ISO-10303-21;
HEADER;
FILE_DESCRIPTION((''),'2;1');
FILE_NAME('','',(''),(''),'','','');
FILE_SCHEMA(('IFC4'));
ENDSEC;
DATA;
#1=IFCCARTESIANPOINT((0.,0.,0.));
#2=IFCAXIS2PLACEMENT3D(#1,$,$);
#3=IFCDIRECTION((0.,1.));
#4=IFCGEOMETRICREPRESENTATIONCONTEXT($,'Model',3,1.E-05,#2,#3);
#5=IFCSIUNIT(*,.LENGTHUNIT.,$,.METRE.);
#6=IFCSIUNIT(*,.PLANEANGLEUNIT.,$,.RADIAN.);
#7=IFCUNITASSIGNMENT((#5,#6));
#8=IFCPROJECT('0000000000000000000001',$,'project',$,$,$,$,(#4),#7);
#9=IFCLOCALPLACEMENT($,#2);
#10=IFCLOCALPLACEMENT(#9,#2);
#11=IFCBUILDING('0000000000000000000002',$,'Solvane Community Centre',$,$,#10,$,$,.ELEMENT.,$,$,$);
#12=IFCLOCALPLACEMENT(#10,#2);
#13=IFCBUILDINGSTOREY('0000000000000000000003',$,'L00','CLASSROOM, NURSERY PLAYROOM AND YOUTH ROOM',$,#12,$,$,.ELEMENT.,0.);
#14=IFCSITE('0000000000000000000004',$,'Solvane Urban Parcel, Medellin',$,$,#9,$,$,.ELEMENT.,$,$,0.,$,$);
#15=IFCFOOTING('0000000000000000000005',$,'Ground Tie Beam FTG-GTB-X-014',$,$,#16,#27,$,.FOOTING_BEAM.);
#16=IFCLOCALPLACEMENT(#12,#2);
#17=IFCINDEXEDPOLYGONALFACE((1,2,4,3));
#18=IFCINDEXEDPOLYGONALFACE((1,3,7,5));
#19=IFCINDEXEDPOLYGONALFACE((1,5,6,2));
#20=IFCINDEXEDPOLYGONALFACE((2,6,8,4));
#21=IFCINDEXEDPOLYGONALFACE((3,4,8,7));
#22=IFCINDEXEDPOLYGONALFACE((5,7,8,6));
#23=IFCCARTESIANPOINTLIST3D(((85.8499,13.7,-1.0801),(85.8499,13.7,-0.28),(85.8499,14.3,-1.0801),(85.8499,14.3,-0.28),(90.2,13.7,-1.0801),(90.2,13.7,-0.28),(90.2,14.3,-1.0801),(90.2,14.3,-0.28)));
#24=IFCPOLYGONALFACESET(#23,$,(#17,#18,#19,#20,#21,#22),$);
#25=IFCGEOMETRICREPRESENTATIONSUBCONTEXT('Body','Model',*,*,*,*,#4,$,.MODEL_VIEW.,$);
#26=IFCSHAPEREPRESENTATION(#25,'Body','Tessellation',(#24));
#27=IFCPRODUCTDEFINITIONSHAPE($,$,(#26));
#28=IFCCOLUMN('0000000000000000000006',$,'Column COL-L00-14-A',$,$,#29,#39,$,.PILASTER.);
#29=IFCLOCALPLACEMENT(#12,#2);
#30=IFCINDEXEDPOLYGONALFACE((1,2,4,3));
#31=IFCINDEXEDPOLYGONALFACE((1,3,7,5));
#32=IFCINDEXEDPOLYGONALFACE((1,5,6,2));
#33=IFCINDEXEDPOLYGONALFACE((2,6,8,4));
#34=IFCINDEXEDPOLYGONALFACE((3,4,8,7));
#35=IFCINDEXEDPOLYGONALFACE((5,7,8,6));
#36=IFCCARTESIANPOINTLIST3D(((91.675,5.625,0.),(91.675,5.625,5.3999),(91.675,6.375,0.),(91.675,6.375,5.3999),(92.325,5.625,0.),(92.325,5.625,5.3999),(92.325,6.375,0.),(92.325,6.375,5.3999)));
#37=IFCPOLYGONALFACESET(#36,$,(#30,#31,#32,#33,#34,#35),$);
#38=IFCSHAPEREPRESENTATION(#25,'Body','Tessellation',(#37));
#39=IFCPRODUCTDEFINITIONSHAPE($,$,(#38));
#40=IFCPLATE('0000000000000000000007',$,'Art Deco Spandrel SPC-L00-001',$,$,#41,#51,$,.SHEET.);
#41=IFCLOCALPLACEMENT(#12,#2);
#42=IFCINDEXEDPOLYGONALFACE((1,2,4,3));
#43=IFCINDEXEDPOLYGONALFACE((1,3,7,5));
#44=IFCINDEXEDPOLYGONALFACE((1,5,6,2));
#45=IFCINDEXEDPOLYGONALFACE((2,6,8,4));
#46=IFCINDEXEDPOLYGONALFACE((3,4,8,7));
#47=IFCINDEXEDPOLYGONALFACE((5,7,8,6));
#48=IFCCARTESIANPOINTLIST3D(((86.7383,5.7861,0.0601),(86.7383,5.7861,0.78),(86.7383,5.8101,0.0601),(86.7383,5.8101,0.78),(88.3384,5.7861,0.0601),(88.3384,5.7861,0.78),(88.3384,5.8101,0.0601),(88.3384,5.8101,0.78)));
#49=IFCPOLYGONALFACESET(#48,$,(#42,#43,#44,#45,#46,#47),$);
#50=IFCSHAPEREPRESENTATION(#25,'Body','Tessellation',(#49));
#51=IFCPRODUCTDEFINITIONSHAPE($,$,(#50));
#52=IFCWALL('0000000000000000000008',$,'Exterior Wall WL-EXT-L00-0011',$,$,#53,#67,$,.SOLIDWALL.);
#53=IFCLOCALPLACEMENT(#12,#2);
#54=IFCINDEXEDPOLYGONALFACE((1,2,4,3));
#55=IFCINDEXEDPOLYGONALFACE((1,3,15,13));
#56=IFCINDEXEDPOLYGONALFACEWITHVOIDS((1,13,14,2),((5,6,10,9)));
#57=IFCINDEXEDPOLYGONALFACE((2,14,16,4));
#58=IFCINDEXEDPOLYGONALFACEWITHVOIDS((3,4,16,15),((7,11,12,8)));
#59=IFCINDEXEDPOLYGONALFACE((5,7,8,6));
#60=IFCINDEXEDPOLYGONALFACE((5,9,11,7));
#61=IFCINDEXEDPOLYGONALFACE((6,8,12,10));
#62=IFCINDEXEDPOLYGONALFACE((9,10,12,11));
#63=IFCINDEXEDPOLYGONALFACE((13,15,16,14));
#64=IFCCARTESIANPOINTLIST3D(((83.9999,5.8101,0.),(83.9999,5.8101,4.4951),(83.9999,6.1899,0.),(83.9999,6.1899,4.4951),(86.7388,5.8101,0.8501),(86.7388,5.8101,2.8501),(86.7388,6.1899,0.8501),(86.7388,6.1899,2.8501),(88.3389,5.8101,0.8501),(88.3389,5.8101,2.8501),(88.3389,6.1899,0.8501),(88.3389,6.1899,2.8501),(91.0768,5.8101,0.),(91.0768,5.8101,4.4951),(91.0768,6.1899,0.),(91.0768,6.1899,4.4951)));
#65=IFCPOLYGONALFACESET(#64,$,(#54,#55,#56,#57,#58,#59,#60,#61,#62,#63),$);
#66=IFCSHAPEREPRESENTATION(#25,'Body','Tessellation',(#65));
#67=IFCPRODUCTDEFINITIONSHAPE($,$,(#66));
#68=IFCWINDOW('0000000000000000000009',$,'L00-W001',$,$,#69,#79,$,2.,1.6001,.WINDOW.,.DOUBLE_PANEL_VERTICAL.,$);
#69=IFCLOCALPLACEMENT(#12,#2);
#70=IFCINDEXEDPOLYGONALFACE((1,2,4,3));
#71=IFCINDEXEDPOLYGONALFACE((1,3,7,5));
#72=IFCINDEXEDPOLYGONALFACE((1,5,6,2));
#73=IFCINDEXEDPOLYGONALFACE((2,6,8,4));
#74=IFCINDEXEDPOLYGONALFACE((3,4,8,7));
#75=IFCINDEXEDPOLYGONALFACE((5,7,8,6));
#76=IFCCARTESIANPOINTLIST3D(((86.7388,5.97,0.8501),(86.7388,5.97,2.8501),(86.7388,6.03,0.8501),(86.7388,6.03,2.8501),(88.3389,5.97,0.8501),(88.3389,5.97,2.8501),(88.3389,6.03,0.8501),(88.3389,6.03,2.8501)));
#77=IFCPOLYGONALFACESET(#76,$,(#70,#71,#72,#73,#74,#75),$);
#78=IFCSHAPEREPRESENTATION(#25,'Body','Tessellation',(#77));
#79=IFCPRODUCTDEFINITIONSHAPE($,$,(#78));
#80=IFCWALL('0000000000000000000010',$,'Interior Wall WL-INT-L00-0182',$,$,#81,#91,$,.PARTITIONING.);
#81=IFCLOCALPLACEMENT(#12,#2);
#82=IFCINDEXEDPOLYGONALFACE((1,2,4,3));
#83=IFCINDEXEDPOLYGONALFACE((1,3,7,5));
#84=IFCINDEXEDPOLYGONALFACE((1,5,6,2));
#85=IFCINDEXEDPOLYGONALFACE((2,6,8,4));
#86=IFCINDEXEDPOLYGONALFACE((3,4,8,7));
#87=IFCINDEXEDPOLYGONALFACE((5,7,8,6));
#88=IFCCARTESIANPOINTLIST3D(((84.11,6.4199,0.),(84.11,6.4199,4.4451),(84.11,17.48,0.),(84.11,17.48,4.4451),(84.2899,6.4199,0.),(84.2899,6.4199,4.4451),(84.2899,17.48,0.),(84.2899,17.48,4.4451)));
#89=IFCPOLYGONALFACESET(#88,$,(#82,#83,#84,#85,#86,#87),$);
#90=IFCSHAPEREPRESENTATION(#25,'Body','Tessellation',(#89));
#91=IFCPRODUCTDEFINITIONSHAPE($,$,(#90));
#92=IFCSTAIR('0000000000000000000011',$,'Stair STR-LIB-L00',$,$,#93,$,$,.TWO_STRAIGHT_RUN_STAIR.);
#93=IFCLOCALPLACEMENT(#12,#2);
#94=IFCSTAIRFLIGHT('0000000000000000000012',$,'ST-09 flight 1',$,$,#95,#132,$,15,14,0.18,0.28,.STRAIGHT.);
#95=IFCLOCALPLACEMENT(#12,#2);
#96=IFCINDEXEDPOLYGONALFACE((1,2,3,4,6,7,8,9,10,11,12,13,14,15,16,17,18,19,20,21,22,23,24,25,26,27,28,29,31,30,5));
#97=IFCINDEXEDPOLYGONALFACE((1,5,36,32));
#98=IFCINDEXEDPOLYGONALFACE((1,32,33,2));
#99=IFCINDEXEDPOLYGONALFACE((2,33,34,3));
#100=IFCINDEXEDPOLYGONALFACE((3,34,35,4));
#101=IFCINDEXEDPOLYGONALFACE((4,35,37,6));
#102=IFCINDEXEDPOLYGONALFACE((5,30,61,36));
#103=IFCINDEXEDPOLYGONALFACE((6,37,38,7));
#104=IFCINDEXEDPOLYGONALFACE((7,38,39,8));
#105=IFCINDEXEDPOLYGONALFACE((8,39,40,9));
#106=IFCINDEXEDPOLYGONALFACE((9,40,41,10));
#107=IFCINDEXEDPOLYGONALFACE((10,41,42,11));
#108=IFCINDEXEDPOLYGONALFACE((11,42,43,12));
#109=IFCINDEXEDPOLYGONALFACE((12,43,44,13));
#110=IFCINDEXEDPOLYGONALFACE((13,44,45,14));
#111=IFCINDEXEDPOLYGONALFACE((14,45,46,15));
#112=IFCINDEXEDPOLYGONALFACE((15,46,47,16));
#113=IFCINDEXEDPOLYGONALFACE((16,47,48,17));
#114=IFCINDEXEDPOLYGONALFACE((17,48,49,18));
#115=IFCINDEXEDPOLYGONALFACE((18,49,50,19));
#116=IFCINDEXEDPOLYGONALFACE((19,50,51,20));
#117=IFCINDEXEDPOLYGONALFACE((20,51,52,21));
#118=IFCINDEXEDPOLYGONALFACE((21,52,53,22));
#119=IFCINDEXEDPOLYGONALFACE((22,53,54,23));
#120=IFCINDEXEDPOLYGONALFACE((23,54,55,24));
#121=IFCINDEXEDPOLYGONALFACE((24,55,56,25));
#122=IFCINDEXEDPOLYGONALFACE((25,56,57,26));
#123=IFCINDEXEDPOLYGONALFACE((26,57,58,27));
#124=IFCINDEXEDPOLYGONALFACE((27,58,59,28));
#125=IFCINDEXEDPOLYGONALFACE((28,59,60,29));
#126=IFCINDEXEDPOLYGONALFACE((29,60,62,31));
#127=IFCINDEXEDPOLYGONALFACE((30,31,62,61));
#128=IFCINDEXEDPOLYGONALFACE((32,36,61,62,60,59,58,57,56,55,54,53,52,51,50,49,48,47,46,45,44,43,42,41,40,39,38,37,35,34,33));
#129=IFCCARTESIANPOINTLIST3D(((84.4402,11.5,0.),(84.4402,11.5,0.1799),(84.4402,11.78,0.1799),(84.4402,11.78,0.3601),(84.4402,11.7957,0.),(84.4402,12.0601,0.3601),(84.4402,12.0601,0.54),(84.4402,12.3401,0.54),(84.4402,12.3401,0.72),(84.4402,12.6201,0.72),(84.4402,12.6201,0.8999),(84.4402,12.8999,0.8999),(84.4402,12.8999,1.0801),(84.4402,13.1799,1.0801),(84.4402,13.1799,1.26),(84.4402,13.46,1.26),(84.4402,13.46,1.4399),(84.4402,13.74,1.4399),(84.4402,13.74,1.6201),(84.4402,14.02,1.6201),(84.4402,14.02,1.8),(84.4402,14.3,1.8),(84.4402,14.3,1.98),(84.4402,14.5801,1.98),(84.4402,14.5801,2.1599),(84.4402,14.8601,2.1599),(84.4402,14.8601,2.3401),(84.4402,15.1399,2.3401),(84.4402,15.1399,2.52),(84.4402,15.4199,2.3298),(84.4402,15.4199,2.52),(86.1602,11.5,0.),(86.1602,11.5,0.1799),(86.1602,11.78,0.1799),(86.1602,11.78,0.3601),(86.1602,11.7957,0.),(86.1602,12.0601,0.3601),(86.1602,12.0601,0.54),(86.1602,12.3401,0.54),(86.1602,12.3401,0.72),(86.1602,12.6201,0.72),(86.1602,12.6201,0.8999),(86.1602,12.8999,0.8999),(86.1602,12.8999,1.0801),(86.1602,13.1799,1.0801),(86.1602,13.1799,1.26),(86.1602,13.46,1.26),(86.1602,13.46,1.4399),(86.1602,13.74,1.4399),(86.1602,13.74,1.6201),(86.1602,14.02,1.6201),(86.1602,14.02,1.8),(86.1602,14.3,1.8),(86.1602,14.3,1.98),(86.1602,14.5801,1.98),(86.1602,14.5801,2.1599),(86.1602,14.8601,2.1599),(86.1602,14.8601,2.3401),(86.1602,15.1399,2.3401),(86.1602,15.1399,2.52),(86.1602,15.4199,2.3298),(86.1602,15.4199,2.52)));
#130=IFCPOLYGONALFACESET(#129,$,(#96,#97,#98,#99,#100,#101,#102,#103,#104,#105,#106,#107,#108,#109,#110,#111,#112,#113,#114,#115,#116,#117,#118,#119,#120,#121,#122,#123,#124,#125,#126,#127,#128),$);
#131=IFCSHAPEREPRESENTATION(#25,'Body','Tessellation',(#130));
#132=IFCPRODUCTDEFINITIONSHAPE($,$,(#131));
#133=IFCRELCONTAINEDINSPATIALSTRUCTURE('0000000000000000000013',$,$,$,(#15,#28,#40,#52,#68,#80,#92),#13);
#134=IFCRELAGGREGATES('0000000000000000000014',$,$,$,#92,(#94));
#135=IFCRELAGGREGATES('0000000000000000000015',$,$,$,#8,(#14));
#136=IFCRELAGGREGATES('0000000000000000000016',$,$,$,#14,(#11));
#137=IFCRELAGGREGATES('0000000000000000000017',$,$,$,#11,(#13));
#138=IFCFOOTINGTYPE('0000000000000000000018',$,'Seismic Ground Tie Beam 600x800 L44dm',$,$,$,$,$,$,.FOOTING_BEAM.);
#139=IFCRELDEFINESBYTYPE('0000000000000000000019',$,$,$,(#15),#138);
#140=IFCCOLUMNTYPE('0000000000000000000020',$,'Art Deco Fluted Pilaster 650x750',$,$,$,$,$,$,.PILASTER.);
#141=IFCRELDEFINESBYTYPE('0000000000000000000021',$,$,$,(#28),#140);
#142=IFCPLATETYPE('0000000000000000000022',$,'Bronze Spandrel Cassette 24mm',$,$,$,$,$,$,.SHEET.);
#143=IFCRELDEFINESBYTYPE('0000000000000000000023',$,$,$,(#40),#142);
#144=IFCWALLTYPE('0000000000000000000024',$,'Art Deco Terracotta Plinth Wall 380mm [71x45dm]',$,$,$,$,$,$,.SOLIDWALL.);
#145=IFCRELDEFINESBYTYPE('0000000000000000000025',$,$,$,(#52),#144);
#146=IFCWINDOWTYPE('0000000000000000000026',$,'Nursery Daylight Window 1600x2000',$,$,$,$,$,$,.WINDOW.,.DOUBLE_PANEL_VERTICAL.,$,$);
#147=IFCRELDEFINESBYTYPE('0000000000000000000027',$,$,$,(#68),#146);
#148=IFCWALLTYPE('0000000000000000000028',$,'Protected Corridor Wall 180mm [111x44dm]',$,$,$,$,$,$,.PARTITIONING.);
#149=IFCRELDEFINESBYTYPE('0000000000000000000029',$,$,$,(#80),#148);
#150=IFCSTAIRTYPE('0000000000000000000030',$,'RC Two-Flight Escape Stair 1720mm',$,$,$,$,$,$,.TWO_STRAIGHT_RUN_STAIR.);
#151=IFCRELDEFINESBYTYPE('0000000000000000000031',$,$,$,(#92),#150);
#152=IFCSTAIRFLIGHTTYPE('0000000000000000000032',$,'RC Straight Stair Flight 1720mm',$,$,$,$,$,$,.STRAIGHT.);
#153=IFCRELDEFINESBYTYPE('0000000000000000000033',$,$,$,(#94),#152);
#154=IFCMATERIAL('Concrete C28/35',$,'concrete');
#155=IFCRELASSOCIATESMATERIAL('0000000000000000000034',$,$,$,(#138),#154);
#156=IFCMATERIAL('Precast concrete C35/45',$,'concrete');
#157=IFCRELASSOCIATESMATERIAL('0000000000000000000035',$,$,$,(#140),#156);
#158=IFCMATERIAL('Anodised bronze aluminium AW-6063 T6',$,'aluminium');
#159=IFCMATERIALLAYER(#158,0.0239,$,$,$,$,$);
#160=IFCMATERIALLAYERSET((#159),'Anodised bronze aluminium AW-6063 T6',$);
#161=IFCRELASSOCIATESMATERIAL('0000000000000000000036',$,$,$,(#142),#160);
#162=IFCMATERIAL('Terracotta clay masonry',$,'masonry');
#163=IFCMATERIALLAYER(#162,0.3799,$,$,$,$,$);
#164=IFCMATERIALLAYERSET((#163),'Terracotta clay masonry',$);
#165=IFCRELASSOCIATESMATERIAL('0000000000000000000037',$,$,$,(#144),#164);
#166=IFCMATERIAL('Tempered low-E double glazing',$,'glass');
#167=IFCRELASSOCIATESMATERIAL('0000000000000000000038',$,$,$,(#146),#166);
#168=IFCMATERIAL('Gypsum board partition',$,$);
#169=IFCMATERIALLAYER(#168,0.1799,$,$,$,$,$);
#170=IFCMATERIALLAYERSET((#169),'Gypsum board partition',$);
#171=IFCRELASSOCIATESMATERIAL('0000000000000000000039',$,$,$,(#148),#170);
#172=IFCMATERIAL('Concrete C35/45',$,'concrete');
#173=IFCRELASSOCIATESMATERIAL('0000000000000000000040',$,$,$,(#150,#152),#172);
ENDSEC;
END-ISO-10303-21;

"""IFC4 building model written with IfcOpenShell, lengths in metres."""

from ifc_helpers import new_model, si_unit, direction, frame, frame_2d, origin, origin_2d, place, context, subcontext, project, spatial, polyline, rectangle, outline, extrude, material, layer, layer_set, material_profile, profile_set, type_object, element, fill, aggregate, save


model = new_model("IFC4")

# Units and contexts
model_context = context("Model", 3, precision=1e-05, world=origin(), true_north=direction((0.0, 1.0)))
body_context = subcontext(model_context, "Body", "Model", "MODEL_VIEW")
ifc_project = project(units=[si_unit("LENGTHUNIT", "METRE"), si_unit("PLANEANGLEUNIT", "RADIAN")], contexts=[model_context])

# Site, building, storey
site_placement = place(None, origin())
site = spatial("IfcSite", under=ifc_project, at=site_placement, Name="Solvane Urban Parcel, Medellin", CompositionType="ELEMENT", RefElevation=0.0)
building_placement = place(site_placement, origin())
building = spatial("IfcBuilding", under=site, at=building_placement, Name="Solvane Community Centre", CompositionType="ELEMENT")
storey_placement = place(building_placement, origin())
storey = spatial("IfcBuildingStorey", under=building, at=storey_placement, Name="L00", Description="CLASSROOM, NURSERY PLAYROOM AND YOUTH ROOM", CompositionType="ELEMENT", Elevation=0.0)

# Shared definitions
ifc_material_1 = material(Name="Concrete C28/35", Category="concrete")

# Footing
footing_type_1 = type_object("IfcFootingType", Name="Seismic Ground Tie Beam 600x800 L44dm", PredefinedType="FOOTING_BEAM", material=ifc_material_1)
for number, where, z_axis, x_axis, name in (
    (1, (88.0249, 14.0, -1.0801), (0.0, 0.0, 1.0), (1.0, 0.0, 0.0), "Ground Tie Beam FTG-GTB-X-014"),
):
    element("IfcFooting", number, at=place(storey_placement, frame(where, z_axis=z_axis, x_axis=x_axis)), inside=storey, type_object=footing_type_1, Name=name, PredefinedType="FOOTING_BEAM", context=body_context, shape_type="SweptSolid", body=[
        extrude(rectangle(XDim=4.3501, YDim=0.6001, at=origin_2d()), origin(), (0.0, 0.0, 1.0), 0.8),
    ])

# Column
ifc_material_2 = material(Name="Precast concrete C35/45", Category="concrete")
ifc_material_profile_1 = material_profile(ifc_material_2, rectangle(XDim=0.6499, YDim=0.75, at=origin_2d()), Name="RC 650x750")
ifc_profile_set_1 = profile_set([ifc_material_profile_1], Name="Precast concrete C35/45")
column_type = type_object("IfcColumnType", Name="Art Deco Fluted Pilaster 650x750", PredefinedType="PILASTER", material=ifc_profile_set_1)
column_placement = place(storey_placement, frame((92.0, 6.0, 0.0), z_axis=(0.0, 0.0, 1.0), x_axis=(1.0, 0.0, 0.0)))
element("IfcColumn", 2, at=column_placement, inside=storey, type_object=column_type, Name="Column COL-L00-14-A", PredefinedType="PILASTER", context=body_context, shape_type="SweptSolid", body=[
    extrude(rectangle(XDim=0.6499, YDim=0.75, at=origin_2d()), origin(), (0.0, 0.0, 1.0), 5.3999),
])

# Plate
ifc_material_3 = material(Name="Anodised bronze aluminium AW-6063 T6", Category="aluminium")
ifc_layer_1 = layer(ifc_material_3, 0.0239)
ifc_layer_set_1 = layer_set([ifc_layer_1], Name="Anodised bronze aluminium AW-6063 T6")
plate_type = type_object("IfcPlateType", Name="Bronze Spandrel Cassette 24mm", PredefinedType="SHEET", material=ifc_layer_set_1)
plate_placement = place(storey_placement, frame((87.5383, 5.7981, 0.0601), z_axis=(0.0, 0.0, 1.0), x_axis=(-1.0, 0.0, 0.0)))
element("IfcPlate", 3, at=plate_placement, inside=storey, type_object=plate_type, Name="Art Deco Spandrel SPC-L00-001", PredefinedType="SHEET", context=body_context, shape_type="SweptSolid", body=[
    extrude(rectangle(XDim=1.6001, YDim=0.0239, at=origin_2d()), origin(), (0.0, 0.0, 1.0), 0.72),
])

# Wall, opening, window
ifc_material_4 = material(Name="Terracotta clay masonry", Category="masonry")
ifc_layer_2 = layer(ifc_material_4, 0.3799)
ifc_layer_set_2 = layer_set([ifc_layer_2], Name="Terracotta clay masonry")
wall_type_1 = type_object("IfcWallType", Name="Art Deco Terracotta Plinth Wall 380mm [71x45dm]", PredefinedType="SOLIDWALL", material=ifc_layer_set_2)
wall_1_placement = place(storey_placement, frame((91.0769, 6.0, 0.0), z_axis=(0.0, 0.0, 1.0), x_axis=(-1.0, 0.0, 0.0)))
wall_1 = element("IfcWall", 4, at=wall_1_placement, inside=storey, type_object=wall_type_1, Name="Exterior Wall WL-EXT-L00-0011", PredefinedType="SOLIDWALL", context=body_context, shape_type="SweptSolid", body=[
    extrude(rectangle(XDim=7.0769, YDim=0.3799, at=frame_2d((3.5386, 0.0))), origin(), (0.0, 0.0, 1.0), 4.4951),
])
opening_placement = place(wall_1_placement, frame((2.738, 0.0, 0.8501)))
opening = element("IfcOpeningElement", 5, at=opening_placement, cuts=wall_1, PredefinedType="OPENING", context=body_context, shape_type="SweptSolid", body=[
    extrude(rectangle(XDim=1.6001, YDim=2.0, at=frame_2d((0.8, 1.0))), frame((0.0, 0.2, 0.0), z_axis=(0.0, -1.0, 0.0), x_axis=(1.0, 0.0, 0.0)), (0.0, 0.0, 1.0), 0.3999),
])
ifc_material_5 = material(Name="Tempered low-E double glazing", Category="glass")
window_type = type_object("IfcWindowType", Name="Nursery Daylight Window 1600x2000", PartitioningType="DOUBLE_PANEL_VERTICAL", PredefinedType="WINDOW", material=ifc_material_5)
window_placement = place(opening_placement, origin())
window = element("IfcWindow", 6, at=window_placement, inside=storey, type_object=window_type, Name="L00-W001", OverallHeight=2.0, OverallWidth=1.6001, PartitioningType="DOUBLE_PANEL_VERTICAL", PredefinedType="WINDOW", context=body_context, shape_type="SweptSolid", body=[
    extrude(rectangle(XDim=1.6001, YDim=2.0, at=frame_2d((0.8, 1.0))), frame((0.0, 0.03, 0.0), z_axis=(0.0, -1.0, 0.0), x_axis=(1.0, 0.0, 0.0)), (0.0, 0.0, 1.0), 0.0601),
])
fill(opening, window)

# Wall
ifc_material_6 = material(Name="Gypsum board partition")
ifc_layer_3 = layer(ifc_material_6, 0.1799)
ifc_layer_set_3 = layer_set([ifc_layer_3], Name="Gypsum board partition")
wall_type_2 = type_object("IfcWallType", Name="Protected Corridor Wall 180mm [111x44dm]", PredefinedType="PARTITIONING", material=ifc_layer_set_3)
wall_2_placement = place(storey_placement, frame((84.2, 6.4199, 0.0), z_axis=(0.0, 0.0, 1.0), x_axis=(0.0, 1.0, 0.0)))
element("IfcWall", 7, at=wall_2_placement, inside=storey, type_object=wall_type_2, Name="Interior Wall WL-INT-L00-0182", PredefinedType="PARTITIONING", context=body_context, shape_type="SweptSolid", body=[
    extrude(rectangle(XDim=11.0601, YDim=0.1799, at=frame_2d((5.53, 0.0))), origin(), (0.0, 0.0, 1.0), 4.4451),
])

# Stair, stair flight
ifc_material_7 = material(Name="Concrete C35/45", Category="concrete")
stair_type = type_object("IfcStairType", Name="RC Two-Flight Escape Stair 1720mm", PredefinedType="TWO_STRAIGHT_RUN_STAIR", material=ifc_material_7)
stair_placement = place(storey_placement, origin())
stair = element("IfcStair", 8, at=stair_placement, inside=storey, type_object=stair_type, Name="Stair STR-LIB-L00", PredefinedType="TWO_STRAIGHT_RUN_STAIR")
stair_flight_type = type_object("IfcStairFlightType", Name="RC Straight Stair Flight 1720mm", PredefinedType="STRAIGHT", material=ifc_material_7)
stair_flight_placement = place(storey_placement, frame((85.3, 11.5, 0.0), z_axis=(0.0, 0.0, 1.0), x_axis=(0.0, 1.0, 0.0)))
stair_flight = element("IfcStairFlight", 9, at=stair_flight_placement, type_object=stair_flight_type, Name="ST-09 flight 1", NumberOfRisers=15, NumberOfTreads=14, PredefinedType="STRAIGHT", RiserHeight=0.18, TreadLength=0.28, context=body_context, shape_type="SweptSolid", body=[
    extrude(outline(polyline([(0.0, 0.0), (0.0, 0.1799), (0.28, 0.1799), (0.28, 0.3601), (0.5601, 0.3601), (0.5601, 0.54), (0.8401, 0.54), (0.8401, 0.72), (1.1201, 0.72), (1.1201, 0.8999), (1.3999, 0.8999), (1.3999, 1.0801), (1.6799, 1.0801), (1.6799, 1.26), (1.96, 1.26), (1.96, 1.4399), (2.24, 1.4399), (2.24, 1.6201), (2.52, 1.6201), (2.52, 1.8), (2.8, 1.8), (2.8, 1.98), (3.0801, 1.98), (3.0801, 2.1599), (3.3601, 2.1599), (3.3601, 2.3401), (3.6399, 2.3401), (3.6399, 2.52), (3.9199, 2.52), (3.9199, 2.7), (3.9199, 2.3298), (0.2957, 0.0), (0.0, 0.0)])), frame((0.0, 0.8599, 0.0), z_axis=(0.0, -1.0, 0.0), x_axis=(1.0, 0.0, 0.0)), (0.0, 0.0, 1.0), 1.72),
])
aggregate(stair, [stair_flight])

save(model, "model.ifc")
